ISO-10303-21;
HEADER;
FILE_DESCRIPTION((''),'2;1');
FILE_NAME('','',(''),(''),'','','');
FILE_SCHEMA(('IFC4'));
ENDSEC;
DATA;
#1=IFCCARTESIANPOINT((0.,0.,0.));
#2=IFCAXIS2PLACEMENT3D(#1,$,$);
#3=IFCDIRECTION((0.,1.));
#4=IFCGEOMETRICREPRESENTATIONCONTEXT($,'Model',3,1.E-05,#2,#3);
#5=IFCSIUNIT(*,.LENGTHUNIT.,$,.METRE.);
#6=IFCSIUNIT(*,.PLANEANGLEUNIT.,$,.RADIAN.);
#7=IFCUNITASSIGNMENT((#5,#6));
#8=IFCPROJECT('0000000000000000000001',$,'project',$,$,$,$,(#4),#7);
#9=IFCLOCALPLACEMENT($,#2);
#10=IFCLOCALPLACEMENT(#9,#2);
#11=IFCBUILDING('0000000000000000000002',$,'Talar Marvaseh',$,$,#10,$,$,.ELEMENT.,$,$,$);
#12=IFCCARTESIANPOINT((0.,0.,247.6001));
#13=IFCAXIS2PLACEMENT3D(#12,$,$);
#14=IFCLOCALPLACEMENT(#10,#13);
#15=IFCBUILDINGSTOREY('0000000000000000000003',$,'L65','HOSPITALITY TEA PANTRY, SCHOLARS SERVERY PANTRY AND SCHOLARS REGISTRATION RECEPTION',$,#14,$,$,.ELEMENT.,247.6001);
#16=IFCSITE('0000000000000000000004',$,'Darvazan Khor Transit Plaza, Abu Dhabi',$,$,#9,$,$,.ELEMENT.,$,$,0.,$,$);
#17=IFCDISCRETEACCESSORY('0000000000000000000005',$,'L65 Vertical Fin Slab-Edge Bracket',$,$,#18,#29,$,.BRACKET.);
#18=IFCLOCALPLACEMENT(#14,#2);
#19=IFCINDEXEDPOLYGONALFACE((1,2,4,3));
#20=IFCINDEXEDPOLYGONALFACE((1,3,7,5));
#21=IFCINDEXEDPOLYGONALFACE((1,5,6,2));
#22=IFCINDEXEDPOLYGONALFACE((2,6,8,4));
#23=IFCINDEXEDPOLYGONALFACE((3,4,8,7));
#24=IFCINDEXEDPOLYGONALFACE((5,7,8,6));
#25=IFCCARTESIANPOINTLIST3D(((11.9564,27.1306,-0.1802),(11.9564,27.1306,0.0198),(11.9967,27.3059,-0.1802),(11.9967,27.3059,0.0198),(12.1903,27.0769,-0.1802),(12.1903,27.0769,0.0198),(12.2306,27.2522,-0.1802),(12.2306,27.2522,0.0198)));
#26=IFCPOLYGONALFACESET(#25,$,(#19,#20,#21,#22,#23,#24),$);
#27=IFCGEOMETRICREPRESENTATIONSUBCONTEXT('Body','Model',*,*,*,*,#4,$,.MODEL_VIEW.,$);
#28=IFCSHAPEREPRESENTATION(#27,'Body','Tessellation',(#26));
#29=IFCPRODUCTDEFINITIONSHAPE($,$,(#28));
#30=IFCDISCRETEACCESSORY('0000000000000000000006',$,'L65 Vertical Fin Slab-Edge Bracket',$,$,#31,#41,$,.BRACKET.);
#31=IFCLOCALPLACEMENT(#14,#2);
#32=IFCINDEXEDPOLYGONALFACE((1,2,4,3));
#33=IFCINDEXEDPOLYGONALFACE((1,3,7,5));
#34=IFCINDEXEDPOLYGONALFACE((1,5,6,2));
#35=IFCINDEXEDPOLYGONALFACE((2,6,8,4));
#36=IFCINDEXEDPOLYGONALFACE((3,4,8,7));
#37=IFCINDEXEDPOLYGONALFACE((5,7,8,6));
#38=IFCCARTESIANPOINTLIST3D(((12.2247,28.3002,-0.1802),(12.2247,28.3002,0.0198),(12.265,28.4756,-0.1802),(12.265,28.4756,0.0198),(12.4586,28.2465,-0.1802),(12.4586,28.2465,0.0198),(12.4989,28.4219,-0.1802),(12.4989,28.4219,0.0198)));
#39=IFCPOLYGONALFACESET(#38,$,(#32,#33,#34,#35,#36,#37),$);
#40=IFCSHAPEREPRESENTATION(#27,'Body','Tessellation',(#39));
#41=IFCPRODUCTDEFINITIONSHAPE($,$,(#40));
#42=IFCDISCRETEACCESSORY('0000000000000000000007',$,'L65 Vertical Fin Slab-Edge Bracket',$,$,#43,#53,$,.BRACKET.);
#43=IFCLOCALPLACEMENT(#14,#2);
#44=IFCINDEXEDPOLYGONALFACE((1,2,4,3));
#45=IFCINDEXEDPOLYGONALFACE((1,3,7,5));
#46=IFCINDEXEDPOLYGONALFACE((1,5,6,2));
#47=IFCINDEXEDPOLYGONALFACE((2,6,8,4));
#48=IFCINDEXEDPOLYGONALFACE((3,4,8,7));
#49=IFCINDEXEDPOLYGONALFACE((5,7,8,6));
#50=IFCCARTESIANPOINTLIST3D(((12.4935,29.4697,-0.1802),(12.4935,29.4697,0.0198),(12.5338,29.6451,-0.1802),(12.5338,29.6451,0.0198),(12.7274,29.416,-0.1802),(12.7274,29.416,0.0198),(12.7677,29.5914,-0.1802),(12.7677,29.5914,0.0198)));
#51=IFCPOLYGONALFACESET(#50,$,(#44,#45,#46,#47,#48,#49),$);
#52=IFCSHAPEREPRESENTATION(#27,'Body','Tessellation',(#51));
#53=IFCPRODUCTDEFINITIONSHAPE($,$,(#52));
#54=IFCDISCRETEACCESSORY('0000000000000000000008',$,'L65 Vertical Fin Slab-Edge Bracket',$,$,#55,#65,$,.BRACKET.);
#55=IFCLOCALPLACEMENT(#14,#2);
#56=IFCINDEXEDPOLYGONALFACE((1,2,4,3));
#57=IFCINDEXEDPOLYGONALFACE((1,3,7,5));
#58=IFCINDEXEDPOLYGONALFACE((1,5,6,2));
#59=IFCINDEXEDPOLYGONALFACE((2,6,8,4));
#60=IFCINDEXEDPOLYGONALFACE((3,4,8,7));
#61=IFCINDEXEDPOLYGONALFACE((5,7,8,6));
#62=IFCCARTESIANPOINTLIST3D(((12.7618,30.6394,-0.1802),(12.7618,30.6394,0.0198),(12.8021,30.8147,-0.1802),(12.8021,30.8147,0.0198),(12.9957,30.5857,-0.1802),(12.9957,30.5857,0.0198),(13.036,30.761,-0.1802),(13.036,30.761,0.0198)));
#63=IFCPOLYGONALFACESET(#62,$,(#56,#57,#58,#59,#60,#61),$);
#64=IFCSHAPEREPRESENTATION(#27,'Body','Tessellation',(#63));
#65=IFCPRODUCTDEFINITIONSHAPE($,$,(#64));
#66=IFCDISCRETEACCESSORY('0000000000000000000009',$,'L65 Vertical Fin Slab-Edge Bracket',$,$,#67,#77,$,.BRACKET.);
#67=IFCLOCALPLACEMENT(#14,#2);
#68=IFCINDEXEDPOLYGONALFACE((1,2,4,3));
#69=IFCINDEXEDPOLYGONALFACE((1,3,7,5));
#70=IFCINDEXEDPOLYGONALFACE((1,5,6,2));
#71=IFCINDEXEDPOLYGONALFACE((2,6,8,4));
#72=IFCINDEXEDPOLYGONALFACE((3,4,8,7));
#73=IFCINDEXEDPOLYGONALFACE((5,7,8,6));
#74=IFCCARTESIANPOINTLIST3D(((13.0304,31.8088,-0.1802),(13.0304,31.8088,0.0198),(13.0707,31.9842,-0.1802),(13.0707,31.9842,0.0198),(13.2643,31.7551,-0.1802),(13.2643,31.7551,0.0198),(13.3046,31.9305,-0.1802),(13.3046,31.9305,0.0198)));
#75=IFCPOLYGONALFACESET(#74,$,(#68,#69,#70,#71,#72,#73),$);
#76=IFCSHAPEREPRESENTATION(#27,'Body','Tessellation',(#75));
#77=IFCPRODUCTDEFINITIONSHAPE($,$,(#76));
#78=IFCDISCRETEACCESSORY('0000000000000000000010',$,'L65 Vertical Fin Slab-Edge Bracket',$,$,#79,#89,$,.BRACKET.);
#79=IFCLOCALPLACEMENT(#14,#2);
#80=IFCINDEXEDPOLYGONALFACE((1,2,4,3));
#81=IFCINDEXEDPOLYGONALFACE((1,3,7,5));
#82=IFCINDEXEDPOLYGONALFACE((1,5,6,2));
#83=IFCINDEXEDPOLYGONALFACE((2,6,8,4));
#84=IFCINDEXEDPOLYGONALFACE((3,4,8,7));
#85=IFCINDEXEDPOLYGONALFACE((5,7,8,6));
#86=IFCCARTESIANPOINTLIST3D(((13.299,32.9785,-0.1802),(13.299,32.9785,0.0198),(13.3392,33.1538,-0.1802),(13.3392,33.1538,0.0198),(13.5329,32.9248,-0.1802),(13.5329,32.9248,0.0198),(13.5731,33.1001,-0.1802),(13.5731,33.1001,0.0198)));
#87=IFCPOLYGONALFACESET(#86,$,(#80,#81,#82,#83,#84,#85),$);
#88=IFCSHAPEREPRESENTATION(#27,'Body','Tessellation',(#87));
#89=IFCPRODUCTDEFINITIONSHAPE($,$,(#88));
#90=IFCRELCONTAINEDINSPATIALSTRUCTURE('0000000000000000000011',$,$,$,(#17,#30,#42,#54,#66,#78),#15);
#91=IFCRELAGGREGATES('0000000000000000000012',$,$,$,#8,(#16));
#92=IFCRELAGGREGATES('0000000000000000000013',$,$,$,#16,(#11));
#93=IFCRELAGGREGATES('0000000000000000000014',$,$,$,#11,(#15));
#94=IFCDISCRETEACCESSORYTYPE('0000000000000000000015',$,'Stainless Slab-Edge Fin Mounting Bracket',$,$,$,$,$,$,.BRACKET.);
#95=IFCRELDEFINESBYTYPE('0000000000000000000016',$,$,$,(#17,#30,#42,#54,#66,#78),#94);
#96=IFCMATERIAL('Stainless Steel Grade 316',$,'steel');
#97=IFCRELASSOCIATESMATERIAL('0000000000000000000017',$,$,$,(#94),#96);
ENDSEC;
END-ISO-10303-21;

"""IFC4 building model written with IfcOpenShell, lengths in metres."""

from ifc_helpers import new_model, si_unit, direction, frame, origin, origin_2d, place, context, subcontext, project, spatial, rectangle, extrude, source, transform, mapped, material, type_object, type_shapes, element, save


model = new_model("IFC4")

# Units and contexts
model_context = context("Model", 3, precision=1e-05, world=origin(), true_north=direction((0.0, 1.0)))
body_context = subcontext(model_context, "Body", "Model", "MODEL_VIEW")
ifc_project = project(units=[si_unit("LENGTHUNIT", "METRE"), si_unit("PLANEANGLEUNIT", "RADIAN")], contexts=[model_context])

# Site, building, storey
site_placement = place(None, origin())
site = spatial("IfcSite", under=ifc_project, at=site_placement, Name="Darvazan Khor Transit Plaza, Abu Dhabi", CompositionType="ELEMENT", RefElevation=0.0)
building_placement = place(site_placement, origin())
building = spatial("IfcBuilding", under=site, at=building_placement, Name="Talar Marvaseh", CompositionType="ELEMENT")
storey_placement = place(building_placement, frame((0.0, 0.0, 247.6001)))
storey = spatial("IfcBuildingStorey", under=building, at=storey_placement, Name="L65", Description="HOSPITALITY TEA PANTRY, SCHOLARS SERVERY PANTRY AND SCHOLARS REGISTRATION RECEPTION", CompositionType="ELEMENT", Elevation=247.6001)

# Shared definitions
ifc_material_1 = material(Name="Stainless Steel Grade 316", Category="steel")

# Discrete accessories
discrete_accessory_type = type_object("IfcDiscreteAccessoryType", Name="Stainless Slab-Edge Fin Mounting Bracket", PredefinedType="BRACKET", material=ifc_material_1)
shared_shape_1 = source(origin(), body_context, "Body", "SweptSolid", [
    extrude(rectangle(XDim=0.24, YDim=0.1799, at=origin_2d()), origin(), (0.0, 0.0, 1.0), 0.2),
])
type_shapes(discrete_accessory_type, [shared_shape_1])
for number, where, z_axis, x_axis, name in (
    (1, (12.0935, 27.1914, -0.1802), (0.0, 0.0, 1.0), (-0.974644, 0.22376, 0.0), "L65 Vertical Fin Slab-Edge Bracket"),
    (2, (12.3618, 28.3611, -0.1802), (0.0, 0.0, 1.0), (-0.974644, 0.22376, 0.0), "L65 Vertical Fin Slab-Edge Bracket"),
    (3, (12.6306, 29.5305, -0.1802), (0.0, 0.0, 1.0), (-0.974644, 0.22376, 0.0), "L65 Vertical Fin Slab-Edge Bracket"),
    (4, (12.8989, 30.7002, -0.1802), (0.0, 0.0, 1.0), (-0.974644, 0.22376, 0.0), "L65 Vertical Fin Slab-Edge Bracket"),
    (5, (13.1675, 31.8696, -0.1802), (0.0, 0.0, 1.0), (-0.974644, 0.22376, 0.0), "L65 Vertical Fin Slab-Edge Bracket"),
    (6, (13.436, 33.0393, -0.1802), (0.0, 0.0, 1.0), (-0.974644, 0.22376, 0.0), "L65 Vertical Fin Slab-Edge Bracket"),
):
    element("IfcDiscreteAccessory", number, at=place(storey_placement, frame(where, z_axis=z_axis, x_axis=x_axis)), inside=storey, type_object=discrete_accessory_type, Name=name, PredefinedType="BRACKET", context=body_context, shape_type="MappedRepresentation", body=[
        mapped(shared_shape_1, transform((0.0, 0.0, 0.0), x_axis=(1.0, 0.0, 0.0), y_axis=(0.0, 1.0, 0.0), z_axis=(0.0, 0.0, 1.0), scale=1.0)),
    ])

save(model, "model.ifc")
